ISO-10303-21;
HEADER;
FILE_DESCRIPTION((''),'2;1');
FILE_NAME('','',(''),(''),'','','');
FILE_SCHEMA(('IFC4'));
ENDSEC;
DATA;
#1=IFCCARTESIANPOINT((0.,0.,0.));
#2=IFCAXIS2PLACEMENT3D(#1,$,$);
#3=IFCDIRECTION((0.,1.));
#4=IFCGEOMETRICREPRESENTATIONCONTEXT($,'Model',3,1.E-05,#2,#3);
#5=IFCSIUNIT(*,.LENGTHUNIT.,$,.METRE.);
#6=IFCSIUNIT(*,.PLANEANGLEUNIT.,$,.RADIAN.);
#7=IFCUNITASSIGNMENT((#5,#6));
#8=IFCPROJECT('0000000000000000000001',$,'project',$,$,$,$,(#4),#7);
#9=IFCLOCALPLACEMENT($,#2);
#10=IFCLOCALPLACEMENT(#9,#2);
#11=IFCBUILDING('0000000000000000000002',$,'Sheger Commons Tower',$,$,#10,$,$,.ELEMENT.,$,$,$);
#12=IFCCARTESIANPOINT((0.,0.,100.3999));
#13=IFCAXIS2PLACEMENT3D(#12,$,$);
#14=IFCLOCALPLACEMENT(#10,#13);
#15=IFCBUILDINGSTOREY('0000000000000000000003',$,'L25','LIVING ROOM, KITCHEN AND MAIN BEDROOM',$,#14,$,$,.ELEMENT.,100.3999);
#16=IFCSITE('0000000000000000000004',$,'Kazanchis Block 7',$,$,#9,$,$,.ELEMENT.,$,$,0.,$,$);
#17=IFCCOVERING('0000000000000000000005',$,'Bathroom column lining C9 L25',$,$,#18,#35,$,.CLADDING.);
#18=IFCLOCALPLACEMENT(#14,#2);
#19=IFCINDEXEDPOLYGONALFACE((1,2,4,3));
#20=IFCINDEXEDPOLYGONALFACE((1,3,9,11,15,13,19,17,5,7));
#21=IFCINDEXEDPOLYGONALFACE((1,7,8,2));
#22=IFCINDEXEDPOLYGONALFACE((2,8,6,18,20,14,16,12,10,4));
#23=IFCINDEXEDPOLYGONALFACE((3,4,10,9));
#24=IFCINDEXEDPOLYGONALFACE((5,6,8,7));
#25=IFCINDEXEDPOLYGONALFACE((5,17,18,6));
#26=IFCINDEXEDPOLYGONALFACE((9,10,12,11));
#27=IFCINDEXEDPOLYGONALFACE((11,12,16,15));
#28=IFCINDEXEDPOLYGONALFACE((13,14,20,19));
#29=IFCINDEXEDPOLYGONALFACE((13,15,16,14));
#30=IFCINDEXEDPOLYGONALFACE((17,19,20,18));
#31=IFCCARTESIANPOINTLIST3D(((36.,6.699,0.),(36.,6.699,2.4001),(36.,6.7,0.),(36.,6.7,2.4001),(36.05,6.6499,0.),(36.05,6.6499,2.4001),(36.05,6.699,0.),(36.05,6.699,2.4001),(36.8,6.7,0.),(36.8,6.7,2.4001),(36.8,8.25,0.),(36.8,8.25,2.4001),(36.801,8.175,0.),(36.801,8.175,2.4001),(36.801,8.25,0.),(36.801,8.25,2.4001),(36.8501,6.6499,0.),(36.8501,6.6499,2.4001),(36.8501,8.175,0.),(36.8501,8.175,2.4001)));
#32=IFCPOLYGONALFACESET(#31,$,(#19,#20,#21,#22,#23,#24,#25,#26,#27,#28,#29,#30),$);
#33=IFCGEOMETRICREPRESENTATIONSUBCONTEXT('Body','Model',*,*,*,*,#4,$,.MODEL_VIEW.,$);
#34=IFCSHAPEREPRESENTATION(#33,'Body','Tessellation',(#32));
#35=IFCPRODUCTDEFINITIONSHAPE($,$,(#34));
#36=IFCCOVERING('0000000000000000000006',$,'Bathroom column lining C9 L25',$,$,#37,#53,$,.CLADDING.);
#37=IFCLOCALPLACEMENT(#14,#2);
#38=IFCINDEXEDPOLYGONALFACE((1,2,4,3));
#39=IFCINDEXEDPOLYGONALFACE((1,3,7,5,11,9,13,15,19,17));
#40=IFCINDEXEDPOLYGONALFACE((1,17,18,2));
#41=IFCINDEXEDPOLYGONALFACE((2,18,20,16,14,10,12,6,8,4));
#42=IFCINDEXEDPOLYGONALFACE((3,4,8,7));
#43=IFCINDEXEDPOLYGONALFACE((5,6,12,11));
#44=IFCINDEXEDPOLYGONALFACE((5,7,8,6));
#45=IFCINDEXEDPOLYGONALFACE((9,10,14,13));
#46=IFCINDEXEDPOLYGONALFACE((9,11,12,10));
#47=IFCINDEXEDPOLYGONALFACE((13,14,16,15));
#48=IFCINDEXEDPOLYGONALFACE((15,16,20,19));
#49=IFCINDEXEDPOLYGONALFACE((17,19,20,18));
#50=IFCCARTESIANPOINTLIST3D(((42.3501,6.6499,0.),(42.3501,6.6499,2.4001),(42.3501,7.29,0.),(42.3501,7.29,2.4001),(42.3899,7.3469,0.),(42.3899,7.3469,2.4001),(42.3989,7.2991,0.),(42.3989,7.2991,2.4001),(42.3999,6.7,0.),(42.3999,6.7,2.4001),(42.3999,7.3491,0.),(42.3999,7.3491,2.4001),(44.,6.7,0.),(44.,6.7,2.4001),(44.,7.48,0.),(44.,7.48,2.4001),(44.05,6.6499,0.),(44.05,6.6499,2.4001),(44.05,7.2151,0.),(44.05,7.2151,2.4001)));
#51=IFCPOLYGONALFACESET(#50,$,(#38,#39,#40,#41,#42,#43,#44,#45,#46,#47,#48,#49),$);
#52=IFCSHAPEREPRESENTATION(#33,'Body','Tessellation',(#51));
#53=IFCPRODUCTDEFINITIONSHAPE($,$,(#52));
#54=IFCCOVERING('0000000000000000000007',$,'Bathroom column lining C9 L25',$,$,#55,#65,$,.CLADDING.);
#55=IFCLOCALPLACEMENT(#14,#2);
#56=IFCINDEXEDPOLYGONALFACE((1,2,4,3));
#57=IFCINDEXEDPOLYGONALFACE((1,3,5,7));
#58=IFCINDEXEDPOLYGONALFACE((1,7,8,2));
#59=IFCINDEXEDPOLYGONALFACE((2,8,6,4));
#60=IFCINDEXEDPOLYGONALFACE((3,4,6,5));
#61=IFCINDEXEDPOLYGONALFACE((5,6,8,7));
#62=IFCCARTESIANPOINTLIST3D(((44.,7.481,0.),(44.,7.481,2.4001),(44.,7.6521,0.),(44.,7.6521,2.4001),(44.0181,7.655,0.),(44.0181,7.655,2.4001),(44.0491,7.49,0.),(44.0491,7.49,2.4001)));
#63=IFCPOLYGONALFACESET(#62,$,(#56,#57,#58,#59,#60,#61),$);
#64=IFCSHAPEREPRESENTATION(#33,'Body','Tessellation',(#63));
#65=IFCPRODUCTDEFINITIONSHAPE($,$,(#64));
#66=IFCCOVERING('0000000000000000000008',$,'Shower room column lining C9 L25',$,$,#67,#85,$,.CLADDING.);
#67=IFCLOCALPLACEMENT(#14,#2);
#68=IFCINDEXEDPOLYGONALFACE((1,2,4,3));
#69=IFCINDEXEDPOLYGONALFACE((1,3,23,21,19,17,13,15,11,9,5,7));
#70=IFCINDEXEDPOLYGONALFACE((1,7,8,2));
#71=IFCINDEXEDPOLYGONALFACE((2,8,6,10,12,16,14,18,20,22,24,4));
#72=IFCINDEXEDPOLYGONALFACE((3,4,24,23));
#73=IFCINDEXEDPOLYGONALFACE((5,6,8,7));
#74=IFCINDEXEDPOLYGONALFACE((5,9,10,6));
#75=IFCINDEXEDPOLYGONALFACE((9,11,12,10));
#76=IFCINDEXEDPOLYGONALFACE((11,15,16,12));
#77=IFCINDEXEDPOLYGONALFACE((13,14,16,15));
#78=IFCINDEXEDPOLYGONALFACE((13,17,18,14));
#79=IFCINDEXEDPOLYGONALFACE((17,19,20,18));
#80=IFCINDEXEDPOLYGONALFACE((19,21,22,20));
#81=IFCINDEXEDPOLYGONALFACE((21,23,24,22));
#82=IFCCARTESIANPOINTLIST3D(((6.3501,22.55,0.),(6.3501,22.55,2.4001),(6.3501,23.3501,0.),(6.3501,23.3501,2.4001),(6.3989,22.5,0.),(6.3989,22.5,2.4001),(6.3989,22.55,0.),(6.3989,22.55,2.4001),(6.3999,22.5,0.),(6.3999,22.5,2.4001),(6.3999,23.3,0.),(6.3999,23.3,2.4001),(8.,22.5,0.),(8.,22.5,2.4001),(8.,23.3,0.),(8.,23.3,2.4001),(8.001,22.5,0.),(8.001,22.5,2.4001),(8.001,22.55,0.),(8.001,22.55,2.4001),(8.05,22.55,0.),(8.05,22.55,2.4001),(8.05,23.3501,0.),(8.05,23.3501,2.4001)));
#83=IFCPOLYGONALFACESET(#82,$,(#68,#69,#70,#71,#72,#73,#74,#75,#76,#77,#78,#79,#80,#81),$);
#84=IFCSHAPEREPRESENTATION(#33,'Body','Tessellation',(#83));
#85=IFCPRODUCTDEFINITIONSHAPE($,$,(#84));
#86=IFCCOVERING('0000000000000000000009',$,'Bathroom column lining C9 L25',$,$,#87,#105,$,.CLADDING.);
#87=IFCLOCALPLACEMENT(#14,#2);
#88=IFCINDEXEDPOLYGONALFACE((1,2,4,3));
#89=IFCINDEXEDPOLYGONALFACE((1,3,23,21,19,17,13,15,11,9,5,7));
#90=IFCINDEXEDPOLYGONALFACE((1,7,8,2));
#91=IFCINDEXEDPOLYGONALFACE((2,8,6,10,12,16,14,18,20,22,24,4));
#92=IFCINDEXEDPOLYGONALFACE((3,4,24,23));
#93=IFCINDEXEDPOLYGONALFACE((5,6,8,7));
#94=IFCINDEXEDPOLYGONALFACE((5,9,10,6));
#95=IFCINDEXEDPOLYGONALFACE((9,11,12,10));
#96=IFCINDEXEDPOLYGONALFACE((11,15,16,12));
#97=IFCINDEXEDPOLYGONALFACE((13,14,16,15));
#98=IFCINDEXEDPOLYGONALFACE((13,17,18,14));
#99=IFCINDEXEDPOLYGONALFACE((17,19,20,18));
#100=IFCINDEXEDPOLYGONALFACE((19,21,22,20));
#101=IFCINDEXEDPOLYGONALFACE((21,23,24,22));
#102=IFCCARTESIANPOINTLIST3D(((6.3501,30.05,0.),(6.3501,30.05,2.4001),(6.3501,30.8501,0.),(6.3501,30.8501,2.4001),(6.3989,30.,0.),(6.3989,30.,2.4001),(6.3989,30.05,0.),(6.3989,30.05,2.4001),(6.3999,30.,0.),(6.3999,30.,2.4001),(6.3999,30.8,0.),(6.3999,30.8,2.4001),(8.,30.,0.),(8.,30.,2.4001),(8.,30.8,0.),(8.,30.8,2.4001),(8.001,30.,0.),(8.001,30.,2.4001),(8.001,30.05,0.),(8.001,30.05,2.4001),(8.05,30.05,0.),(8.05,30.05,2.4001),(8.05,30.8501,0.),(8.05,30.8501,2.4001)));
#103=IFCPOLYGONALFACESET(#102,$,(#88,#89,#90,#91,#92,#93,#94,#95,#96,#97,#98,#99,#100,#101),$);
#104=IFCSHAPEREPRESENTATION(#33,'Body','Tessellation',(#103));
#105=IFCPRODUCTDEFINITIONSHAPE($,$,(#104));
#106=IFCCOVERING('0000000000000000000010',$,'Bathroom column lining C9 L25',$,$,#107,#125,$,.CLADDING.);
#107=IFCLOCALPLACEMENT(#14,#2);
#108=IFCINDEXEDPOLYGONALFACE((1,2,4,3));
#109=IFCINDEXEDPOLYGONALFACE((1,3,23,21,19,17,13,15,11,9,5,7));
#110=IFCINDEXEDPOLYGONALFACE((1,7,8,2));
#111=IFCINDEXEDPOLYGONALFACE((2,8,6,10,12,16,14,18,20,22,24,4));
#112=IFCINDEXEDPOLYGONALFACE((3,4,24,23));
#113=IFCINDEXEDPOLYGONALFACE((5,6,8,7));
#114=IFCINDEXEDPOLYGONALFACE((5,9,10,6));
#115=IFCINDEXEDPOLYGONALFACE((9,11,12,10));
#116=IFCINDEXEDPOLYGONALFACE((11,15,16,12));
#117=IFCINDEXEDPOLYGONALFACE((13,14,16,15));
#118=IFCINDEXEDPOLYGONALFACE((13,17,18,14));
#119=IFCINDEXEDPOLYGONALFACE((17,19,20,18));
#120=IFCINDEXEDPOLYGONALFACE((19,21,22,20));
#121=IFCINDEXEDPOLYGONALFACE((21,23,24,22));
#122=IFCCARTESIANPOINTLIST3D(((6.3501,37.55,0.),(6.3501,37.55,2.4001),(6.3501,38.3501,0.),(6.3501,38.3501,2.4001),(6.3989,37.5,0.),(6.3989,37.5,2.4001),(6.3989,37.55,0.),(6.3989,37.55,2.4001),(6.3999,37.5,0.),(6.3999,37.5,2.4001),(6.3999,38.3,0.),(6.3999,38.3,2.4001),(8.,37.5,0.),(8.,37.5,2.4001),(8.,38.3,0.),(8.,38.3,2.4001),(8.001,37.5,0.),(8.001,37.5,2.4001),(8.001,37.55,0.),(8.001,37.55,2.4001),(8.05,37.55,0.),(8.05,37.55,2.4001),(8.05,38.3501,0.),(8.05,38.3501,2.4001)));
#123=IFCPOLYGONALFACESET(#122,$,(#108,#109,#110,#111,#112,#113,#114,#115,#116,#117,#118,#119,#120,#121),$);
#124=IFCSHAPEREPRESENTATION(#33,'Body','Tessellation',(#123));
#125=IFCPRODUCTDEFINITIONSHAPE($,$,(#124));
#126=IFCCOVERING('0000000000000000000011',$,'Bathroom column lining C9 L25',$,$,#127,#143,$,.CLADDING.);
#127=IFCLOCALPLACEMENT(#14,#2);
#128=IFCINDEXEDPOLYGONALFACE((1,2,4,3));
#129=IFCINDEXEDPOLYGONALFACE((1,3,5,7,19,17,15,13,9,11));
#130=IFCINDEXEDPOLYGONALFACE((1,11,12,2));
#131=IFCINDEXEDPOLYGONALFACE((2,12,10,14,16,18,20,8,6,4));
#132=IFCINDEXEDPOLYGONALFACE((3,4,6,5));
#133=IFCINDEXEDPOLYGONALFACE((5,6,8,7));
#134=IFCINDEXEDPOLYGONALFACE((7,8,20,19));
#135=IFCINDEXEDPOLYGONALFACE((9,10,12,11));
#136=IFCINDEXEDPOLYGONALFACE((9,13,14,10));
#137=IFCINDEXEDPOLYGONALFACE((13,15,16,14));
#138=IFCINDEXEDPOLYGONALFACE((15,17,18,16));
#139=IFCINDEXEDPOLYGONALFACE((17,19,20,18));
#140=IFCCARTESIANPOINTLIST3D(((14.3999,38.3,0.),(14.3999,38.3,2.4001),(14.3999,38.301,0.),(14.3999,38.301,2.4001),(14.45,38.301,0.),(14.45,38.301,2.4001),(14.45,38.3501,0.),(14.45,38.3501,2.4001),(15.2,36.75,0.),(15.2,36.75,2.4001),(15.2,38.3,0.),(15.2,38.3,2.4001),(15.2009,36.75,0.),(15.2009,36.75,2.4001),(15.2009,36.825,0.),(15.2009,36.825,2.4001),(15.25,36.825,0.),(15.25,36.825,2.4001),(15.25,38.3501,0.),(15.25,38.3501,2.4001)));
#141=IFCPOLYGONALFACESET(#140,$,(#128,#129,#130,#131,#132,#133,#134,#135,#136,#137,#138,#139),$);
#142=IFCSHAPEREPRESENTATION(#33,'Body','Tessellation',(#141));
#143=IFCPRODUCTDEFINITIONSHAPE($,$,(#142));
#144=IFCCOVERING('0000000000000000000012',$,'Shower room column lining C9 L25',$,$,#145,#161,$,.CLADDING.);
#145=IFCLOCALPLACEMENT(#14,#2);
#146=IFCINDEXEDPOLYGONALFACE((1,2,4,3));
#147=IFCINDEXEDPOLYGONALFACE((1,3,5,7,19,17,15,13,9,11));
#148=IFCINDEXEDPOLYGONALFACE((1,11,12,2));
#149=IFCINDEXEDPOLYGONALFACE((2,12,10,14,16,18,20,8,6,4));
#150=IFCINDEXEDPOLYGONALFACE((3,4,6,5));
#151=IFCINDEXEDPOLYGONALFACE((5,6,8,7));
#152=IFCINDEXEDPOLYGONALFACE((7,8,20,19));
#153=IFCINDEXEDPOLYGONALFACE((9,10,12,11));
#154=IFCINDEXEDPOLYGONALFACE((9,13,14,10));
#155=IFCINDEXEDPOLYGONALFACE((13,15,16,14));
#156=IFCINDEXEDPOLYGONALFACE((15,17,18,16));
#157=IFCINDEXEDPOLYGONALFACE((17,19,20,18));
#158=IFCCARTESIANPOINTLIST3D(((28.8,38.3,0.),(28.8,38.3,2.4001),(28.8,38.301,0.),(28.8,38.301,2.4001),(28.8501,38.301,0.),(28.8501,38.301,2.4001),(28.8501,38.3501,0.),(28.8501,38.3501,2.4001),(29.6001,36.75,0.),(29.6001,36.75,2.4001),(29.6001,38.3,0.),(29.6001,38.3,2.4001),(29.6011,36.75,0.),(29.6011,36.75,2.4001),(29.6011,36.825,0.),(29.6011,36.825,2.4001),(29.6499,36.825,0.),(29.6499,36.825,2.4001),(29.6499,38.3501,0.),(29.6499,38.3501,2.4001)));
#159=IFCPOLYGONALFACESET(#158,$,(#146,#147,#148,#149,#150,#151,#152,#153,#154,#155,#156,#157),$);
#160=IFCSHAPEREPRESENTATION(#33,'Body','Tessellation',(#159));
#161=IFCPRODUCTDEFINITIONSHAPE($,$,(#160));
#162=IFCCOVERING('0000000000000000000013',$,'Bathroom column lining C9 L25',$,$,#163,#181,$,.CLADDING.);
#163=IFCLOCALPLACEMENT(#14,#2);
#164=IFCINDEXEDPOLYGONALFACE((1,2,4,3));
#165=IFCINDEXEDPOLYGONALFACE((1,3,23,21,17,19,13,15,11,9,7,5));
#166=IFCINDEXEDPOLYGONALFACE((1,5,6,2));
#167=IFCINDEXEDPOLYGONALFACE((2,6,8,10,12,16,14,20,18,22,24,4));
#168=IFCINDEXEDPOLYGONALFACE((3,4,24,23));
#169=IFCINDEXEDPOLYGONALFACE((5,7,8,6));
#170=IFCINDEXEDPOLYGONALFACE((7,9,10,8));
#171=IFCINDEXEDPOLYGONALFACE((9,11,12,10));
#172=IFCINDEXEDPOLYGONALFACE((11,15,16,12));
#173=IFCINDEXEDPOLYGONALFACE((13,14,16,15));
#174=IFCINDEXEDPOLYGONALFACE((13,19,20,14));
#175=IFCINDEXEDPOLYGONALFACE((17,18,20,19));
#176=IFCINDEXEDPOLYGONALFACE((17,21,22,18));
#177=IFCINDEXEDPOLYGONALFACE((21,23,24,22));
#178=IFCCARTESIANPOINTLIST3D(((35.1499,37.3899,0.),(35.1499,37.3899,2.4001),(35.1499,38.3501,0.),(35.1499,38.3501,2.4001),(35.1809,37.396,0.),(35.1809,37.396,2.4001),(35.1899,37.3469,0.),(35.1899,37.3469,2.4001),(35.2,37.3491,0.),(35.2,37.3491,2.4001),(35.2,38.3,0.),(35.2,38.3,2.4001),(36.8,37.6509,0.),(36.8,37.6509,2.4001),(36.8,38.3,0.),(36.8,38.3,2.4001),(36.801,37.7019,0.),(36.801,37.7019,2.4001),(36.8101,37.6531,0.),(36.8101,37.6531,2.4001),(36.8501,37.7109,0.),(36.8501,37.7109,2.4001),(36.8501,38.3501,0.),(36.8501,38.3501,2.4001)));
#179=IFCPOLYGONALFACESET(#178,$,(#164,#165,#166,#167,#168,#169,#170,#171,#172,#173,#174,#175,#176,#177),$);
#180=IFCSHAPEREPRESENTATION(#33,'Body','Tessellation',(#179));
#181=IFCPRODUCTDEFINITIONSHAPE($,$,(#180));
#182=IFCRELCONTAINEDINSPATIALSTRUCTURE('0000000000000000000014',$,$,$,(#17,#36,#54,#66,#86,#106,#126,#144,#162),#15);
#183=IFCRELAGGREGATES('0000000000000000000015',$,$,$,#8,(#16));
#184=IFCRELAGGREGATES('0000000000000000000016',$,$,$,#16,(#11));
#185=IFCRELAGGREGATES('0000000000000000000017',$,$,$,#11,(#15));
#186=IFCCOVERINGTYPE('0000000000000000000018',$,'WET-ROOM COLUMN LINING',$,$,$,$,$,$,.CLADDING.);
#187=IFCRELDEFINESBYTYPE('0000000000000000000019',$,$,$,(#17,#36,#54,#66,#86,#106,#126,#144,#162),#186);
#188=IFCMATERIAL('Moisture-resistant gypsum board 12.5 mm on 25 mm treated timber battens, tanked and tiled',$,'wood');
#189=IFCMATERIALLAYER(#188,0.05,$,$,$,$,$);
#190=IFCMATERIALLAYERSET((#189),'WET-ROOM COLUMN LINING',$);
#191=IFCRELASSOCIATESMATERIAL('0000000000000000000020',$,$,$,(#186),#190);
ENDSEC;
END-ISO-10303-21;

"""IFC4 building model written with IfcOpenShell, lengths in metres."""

from ifc_helpers import new_model, si_unit, direction, frame, origin, place, context, subcontext, project, spatial, polyline, outline, extrude, material, layer, layer_set, type_object, element, save


model = new_model("IFC4")

# Units and contexts
model_context = context("Model", 3, precision=1e-05, world=origin(), true_north=direction((0.0, 1.0)))
body_context = subcontext(model_context, "Body", "Model", "MODEL_VIEW")
ifc_project = project(units=[si_unit("LENGTHUNIT", "METRE"), si_unit("PLANEANGLEUNIT", "RADIAN")], contexts=[model_context])

# Site, building, storey
site_placement = place(None, origin())
site = spatial("IfcSite", under=ifc_project, at=site_placement, Name="Kazanchis Block 7", CompositionType="ELEMENT", RefElevation=0.0)
building_placement = place(site_placement, origin())
building = spatial("IfcBuilding", under=site, at=building_placement, Name="Sheger Commons Tower", CompositionType="ELEMENT")
storey_placement = place(building_placement, frame((0.0, 0.0, 100.3999)))
storey = spatial("IfcBuildingStorey", under=building, at=storey_placement, Name="L25", Description="LIVING ROOM, KITCHEN AND MAIN BEDROOM", CompositionType="ELEMENT", Elevation=100.3999)

# Coverings
ifc_material_1 = material(Name="Moisture-resistant gypsum board 12.5 mm on 25 mm treated timber battens, tanked and tiled", Category="wood")
ifc_layer_1 = layer(ifc_material_1, 0.05)
ifc_layer_set_1 = layer_set([ifc_layer_1], Name="WET-ROOM COLUMN LINING")
covering_type_1 = type_object("IfcCoveringType", Name="WET-ROOM COLUMN LINING", PredefinedType="CLADDING", material=ifc_layer_set_1)
covering_1_placement = place(storey_placement, origin())
element("IfcCovering", 1, at=covering_1_placement, inside=storey, type_object=covering_type_1, Name="Bathroom column lining C9 L25", PredefinedType="CLADDING", context=body_context, shape_type="SweptSolid", body=[
    extrude(outline(polyline([(36.05, 6.6499), (36.05, 6.699), (36.0, 6.699), (36.0, 6.7), (36.8, 6.7), (36.8, 8.25), (36.801, 8.25), (36.801, 8.175), (36.8501, 8.175), (36.8501, 6.6499), (36.05, 6.6499)])), origin(), (0.0, 0.0, 1.0), 2.4001),
])
covering_2_placement = place(storey_placement, origin())
element("IfcCovering", 2, at=covering_2_placement, inside=storey, type_object=covering_type_1, Name="Bathroom column lining C9 L25", PredefinedType="CLADDING", context=body_context, shape_type="SweptSolid", body=[
    extrude(outline(polyline([(42.3999, 7.3491), (42.3999, 6.7), (44.0, 6.7), (44.0, 7.48), (44.05, 7.2151), (44.05, 6.6499), (42.3501, 6.6499), (42.3501, 7.29), (42.3989, 7.2991), (42.3899, 7.3469), (42.3999, 7.3491)])), origin(), (0.0, 0.0, 1.0), 2.4001),
])
covering_3_placement = place(storey_placement, origin())
element("IfcCovering", 3, at=covering_3_placement, inside=storey, type_object=covering_type_1, Name="Bathroom column lining C9 L25", PredefinedType="CLADDING", context=body_context, shape_type="SweptSolid", body=[
    extrude(outline(polyline([(44.0, 7.6521), (44.0181, 7.655), (44.0491, 7.49), (44.0, 7.481), (44.0, 7.6521)])), origin(), (0.0, 0.0, 1.0), 2.4001),
])
covering_4_placement = place(storey_placement, origin())
element("IfcCovering", 4, at=covering_4_placement, inside=storey, type_object=covering_type_1, Name="Shower room column lining C9 L25", PredefinedType="CLADDING", context=body_context, shape_type="SweptSolid", body=[
    extrude(outline(polyline([(8.05, 23.3501), (8.05, 22.55), (8.001, 22.55), (8.001, 22.5), (8.0, 22.5), (8.0, 23.3), (6.3999, 23.3), (6.3999, 22.5), (6.3989, 22.5), (6.3989, 22.55), (6.3501, 22.55), (6.3501, 23.3501), (8.05, 23.3501)])), origin(), (0.0, 0.0, 1.0), 2.4001),
])
covering_5_placement = place(storey_placement, origin())
element("IfcCovering", 5, at=covering_5_placement, inside=storey, type_object=covering_type_1, Name="Bathroom column lining C9 L25", PredefinedType="CLADDING", context=body_context, shape_type="SweptSolid", body=[
    extrude(outline(polyline([(8.05, 30.8501), (8.05, 30.05), (8.001, 30.05), (8.001, 30.0), (8.0, 30.0), (8.0, 30.8), (6.3999, 30.8), (6.3999, 30.0), (6.3989, 30.0), (6.3989, 30.05), (6.3501, 30.05), (6.3501, 30.8501), (8.05, 30.8501)])), origin(), (0.0, 0.0, 1.0), 2.4001),
])
covering_6_placement = place(storey_placement, origin())
element("IfcCovering", 6, at=covering_6_placement, inside=storey, type_object=covering_type_1, Name="Bathroom column lining C9 L25", PredefinedType="CLADDING", context=body_context, shape_type="SweptSolid", body=[
    extrude(outline(polyline([(8.05, 38.3501), (8.05, 37.55), (8.001, 37.55), (8.001, 37.5), (8.0, 37.5), (8.0, 38.3), (6.3999, 38.3), (6.3999, 37.5), (6.3989, 37.5), (6.3989, 37.55), (6.3501, 37.55), (6.3501, 38.3501), (8.05, 38.3501)])), origin(), (0.0, 0.0, 1.0), 2.4001),
])
covering_7_placement = place(storey_placement, origin())
element("IfcCovering", 7, at=covering_7_placement, inside=storey, type_object=covering_type_1, Name="Bathroom column lining C9 L25", PredefinedType="CLADDING", context=body_context, shape_type="SweptSolid", body=[
    extrude(outline(polyline([(15.25, 36.825), (15.2009, 36.825), (15.2009, 36.75), (15.2, 36.75), (15.2, 38.3), (14.3999, 38.3), (14.3999, 38.301), (14.45, 38.301), (14.45, 38.3501), (15.25, 38.3501), (15.25, 36.825)])), origin(), (0.0, 0.0, 1.0), 2.4001),
])
covering_8_placement = place(storey_placement, origin())
element("IfcCovering", 8, at=covering_8_placement, inside=storey, type_object=covering_type_1, Name="Shower room column lining C9 L25", PredefinedType="CLADDING", context=body_context, shape_type="SweptSolid", body=[
    extrude(outline(polyline([(29.6499, 36.825), (29.6011, 36.825), (29.6011, 36.75), (29.6001, 36.75), (29.6001, 38.3), (28.8, 38.3), (28.8, 38.301), (28.8501, 38.301), (28.8501, 38.3501), (29.6499, 38.3501), (29.6499, 36.825)])), origin(), (0.0, 0.0, 1.0), 2.4001),
])
covering_9_placement = place(storey_placement, origin())
element("IfcCovering", 9, at=covering_9_placement, inside=storey, type_object=covering_type_1, Name="Bathroom column lining C9 L25", PredefinedType="CLADDING", context=body_context, shape_type="SweptSolid", body=[
    extrude(outline(polyline([(36.8501, 38.3501), (36.8501, 37.7109), (36.801, 37.7019), (36.8101, 37.6531), (36.8, 37.6509), (36.8, 38.3), (35.2, 38.3), (35.2, 37.3491), (35.1899, 37.3469), (35.1809, 37.396), (35.1499, 37.3899), (35.1499, 38.3501), (36.8501, 38.3501)])), origin(), (0.0, 0.0, 1.0), 2.4001),
])

save(model, "model.ifc")
